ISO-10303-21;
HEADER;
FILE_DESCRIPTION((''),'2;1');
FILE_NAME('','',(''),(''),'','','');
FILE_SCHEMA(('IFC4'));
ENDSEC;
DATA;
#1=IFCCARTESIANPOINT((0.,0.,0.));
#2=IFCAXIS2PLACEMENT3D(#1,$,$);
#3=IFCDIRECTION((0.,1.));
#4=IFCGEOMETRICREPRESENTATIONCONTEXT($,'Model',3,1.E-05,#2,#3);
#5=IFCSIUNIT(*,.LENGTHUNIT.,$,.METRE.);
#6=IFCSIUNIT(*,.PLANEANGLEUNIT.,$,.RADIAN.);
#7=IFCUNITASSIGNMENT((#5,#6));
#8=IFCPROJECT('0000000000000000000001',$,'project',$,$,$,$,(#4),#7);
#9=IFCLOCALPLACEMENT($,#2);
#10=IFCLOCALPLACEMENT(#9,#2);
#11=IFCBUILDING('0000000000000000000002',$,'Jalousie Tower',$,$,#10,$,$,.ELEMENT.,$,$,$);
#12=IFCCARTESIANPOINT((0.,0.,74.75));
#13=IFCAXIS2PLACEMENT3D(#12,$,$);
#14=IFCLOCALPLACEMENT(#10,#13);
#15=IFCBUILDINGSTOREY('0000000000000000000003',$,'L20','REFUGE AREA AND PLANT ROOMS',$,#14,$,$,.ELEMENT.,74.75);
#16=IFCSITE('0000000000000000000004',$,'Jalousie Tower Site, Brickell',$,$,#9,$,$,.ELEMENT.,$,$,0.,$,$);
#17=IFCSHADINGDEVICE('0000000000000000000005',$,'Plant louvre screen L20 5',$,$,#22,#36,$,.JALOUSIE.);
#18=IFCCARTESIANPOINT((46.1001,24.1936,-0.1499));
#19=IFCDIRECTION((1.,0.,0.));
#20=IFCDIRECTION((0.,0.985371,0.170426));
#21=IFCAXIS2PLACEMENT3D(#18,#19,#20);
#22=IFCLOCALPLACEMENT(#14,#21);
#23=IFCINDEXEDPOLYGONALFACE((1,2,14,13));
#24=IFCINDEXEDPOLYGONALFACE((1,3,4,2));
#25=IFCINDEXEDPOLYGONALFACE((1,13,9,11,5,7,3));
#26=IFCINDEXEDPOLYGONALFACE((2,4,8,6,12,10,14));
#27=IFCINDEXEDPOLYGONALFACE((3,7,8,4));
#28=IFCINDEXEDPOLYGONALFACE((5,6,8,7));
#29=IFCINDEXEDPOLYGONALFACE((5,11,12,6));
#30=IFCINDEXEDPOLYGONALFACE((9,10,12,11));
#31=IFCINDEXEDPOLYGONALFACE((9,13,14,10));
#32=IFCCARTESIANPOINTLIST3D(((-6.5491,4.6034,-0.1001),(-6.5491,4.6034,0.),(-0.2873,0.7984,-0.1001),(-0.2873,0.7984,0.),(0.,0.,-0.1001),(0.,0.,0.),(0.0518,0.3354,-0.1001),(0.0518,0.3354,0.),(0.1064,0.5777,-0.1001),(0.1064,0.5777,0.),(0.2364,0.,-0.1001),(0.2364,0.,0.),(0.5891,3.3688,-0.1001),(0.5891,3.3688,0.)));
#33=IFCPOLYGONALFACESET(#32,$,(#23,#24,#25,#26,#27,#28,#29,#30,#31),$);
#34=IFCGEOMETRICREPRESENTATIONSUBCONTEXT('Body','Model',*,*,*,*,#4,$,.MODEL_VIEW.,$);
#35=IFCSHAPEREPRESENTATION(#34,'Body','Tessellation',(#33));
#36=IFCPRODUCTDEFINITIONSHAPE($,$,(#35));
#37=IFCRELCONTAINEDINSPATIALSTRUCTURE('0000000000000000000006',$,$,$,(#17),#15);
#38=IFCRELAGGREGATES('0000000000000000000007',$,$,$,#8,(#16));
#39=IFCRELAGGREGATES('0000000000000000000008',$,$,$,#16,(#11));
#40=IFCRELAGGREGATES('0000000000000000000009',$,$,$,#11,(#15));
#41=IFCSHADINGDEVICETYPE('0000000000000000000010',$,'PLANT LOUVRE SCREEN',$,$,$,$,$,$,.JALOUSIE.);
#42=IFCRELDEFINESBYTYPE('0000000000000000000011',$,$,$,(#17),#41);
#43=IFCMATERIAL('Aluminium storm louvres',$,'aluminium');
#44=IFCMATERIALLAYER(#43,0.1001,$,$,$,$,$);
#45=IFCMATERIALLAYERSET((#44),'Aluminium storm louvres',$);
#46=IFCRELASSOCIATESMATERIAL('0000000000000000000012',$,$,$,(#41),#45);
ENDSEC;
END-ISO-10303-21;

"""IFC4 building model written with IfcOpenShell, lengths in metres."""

from ifc_helpers import new_model, si_unit, direction, frame, origin, place, context, subcontext, project, spatial, polyline, outline, extrude, material, layer, layer_set, type_object, element, save


model = new_model("IFC4")

# Units and contexts
model_context = context("Model", 3, precision=1e-05, world=origin(), true_north=direction((0.0, 1.0)))
body_context = subcontext(model_context, "Body", "Model", "MODEL_VIEW")
ifc_project = project(units=[si_unit("LENGTHUNIT", "METRE"), si_unit("PLANEANGLEUNIT", "RADIAN")], contexts=[model_context])

# Site, building, storey
site_placement = place(None, origin())
site = spatial("IfcSite", under=ifc_project, at=site_placement, Name="Jalousie Tower Site, Brickell", CompositionType="ELEMENT", RefElevation=0.0)
building_placement = place(site_placement, origin())
building = spatial("IfcBuilding", under=site, at=building_placement, Name="Jalousie Tower", CompositionType="ELEMENT")
storey_placement = place(building_placement, frame((0.0, 0.0, 74.75)))
storey = spatial("IfcBuildingStorey", under=building, at=storey_placement, Name="L20", Description="REFUGE AREA AND PLANT ROOMS", CompositionType="ELEMENT", Elevation=74.75)

# Shading device
ifc_material_1 = material(Name="Aluminium storm louvres", Category="aluminium")
ifc_layer_1 = layer(ifc_material_1, 0.1001)
ifc_layer_set_1 = layer_set([ifc_layer_1], Name="Aluminium storm louvres")
shading_device_type = type_object("IfcShadingDeviceType", Name="PLANT LOUVRE SCREEN", PredefinedType="JALOUSIE", material=ifc_layer_set_1)
shading_device_1_placement = place(storey_placement, frame((46.1001, 24.1936, -0.1499), z_axis=(1.0, 0.0, 0.0), x_axis=(0.0, 0.985371, 0.170426)))
element("IfcShadingDevice", 1, at=shading_device_1_placement, inside=storey, type_object=shading_device_type, Name="Plant louvre screen L20 5", PredefinedType="JALOUSIE", context=body_context, shape_type="SweptSolid", body=[
    extrude(outline(polyline([(0.0, 0.0), (0.2364, 0.0), (0.1064, 0.5777), (0.5891, 3.3688), (-6.5491, 4.6034), (-0.2873, 0.7984), (0.0518, 0.3354), (0.0, 0.0)])), origin(), (0.0, 0.0, -1.0), 0.1001),
])

save(model, "model.ifc")
